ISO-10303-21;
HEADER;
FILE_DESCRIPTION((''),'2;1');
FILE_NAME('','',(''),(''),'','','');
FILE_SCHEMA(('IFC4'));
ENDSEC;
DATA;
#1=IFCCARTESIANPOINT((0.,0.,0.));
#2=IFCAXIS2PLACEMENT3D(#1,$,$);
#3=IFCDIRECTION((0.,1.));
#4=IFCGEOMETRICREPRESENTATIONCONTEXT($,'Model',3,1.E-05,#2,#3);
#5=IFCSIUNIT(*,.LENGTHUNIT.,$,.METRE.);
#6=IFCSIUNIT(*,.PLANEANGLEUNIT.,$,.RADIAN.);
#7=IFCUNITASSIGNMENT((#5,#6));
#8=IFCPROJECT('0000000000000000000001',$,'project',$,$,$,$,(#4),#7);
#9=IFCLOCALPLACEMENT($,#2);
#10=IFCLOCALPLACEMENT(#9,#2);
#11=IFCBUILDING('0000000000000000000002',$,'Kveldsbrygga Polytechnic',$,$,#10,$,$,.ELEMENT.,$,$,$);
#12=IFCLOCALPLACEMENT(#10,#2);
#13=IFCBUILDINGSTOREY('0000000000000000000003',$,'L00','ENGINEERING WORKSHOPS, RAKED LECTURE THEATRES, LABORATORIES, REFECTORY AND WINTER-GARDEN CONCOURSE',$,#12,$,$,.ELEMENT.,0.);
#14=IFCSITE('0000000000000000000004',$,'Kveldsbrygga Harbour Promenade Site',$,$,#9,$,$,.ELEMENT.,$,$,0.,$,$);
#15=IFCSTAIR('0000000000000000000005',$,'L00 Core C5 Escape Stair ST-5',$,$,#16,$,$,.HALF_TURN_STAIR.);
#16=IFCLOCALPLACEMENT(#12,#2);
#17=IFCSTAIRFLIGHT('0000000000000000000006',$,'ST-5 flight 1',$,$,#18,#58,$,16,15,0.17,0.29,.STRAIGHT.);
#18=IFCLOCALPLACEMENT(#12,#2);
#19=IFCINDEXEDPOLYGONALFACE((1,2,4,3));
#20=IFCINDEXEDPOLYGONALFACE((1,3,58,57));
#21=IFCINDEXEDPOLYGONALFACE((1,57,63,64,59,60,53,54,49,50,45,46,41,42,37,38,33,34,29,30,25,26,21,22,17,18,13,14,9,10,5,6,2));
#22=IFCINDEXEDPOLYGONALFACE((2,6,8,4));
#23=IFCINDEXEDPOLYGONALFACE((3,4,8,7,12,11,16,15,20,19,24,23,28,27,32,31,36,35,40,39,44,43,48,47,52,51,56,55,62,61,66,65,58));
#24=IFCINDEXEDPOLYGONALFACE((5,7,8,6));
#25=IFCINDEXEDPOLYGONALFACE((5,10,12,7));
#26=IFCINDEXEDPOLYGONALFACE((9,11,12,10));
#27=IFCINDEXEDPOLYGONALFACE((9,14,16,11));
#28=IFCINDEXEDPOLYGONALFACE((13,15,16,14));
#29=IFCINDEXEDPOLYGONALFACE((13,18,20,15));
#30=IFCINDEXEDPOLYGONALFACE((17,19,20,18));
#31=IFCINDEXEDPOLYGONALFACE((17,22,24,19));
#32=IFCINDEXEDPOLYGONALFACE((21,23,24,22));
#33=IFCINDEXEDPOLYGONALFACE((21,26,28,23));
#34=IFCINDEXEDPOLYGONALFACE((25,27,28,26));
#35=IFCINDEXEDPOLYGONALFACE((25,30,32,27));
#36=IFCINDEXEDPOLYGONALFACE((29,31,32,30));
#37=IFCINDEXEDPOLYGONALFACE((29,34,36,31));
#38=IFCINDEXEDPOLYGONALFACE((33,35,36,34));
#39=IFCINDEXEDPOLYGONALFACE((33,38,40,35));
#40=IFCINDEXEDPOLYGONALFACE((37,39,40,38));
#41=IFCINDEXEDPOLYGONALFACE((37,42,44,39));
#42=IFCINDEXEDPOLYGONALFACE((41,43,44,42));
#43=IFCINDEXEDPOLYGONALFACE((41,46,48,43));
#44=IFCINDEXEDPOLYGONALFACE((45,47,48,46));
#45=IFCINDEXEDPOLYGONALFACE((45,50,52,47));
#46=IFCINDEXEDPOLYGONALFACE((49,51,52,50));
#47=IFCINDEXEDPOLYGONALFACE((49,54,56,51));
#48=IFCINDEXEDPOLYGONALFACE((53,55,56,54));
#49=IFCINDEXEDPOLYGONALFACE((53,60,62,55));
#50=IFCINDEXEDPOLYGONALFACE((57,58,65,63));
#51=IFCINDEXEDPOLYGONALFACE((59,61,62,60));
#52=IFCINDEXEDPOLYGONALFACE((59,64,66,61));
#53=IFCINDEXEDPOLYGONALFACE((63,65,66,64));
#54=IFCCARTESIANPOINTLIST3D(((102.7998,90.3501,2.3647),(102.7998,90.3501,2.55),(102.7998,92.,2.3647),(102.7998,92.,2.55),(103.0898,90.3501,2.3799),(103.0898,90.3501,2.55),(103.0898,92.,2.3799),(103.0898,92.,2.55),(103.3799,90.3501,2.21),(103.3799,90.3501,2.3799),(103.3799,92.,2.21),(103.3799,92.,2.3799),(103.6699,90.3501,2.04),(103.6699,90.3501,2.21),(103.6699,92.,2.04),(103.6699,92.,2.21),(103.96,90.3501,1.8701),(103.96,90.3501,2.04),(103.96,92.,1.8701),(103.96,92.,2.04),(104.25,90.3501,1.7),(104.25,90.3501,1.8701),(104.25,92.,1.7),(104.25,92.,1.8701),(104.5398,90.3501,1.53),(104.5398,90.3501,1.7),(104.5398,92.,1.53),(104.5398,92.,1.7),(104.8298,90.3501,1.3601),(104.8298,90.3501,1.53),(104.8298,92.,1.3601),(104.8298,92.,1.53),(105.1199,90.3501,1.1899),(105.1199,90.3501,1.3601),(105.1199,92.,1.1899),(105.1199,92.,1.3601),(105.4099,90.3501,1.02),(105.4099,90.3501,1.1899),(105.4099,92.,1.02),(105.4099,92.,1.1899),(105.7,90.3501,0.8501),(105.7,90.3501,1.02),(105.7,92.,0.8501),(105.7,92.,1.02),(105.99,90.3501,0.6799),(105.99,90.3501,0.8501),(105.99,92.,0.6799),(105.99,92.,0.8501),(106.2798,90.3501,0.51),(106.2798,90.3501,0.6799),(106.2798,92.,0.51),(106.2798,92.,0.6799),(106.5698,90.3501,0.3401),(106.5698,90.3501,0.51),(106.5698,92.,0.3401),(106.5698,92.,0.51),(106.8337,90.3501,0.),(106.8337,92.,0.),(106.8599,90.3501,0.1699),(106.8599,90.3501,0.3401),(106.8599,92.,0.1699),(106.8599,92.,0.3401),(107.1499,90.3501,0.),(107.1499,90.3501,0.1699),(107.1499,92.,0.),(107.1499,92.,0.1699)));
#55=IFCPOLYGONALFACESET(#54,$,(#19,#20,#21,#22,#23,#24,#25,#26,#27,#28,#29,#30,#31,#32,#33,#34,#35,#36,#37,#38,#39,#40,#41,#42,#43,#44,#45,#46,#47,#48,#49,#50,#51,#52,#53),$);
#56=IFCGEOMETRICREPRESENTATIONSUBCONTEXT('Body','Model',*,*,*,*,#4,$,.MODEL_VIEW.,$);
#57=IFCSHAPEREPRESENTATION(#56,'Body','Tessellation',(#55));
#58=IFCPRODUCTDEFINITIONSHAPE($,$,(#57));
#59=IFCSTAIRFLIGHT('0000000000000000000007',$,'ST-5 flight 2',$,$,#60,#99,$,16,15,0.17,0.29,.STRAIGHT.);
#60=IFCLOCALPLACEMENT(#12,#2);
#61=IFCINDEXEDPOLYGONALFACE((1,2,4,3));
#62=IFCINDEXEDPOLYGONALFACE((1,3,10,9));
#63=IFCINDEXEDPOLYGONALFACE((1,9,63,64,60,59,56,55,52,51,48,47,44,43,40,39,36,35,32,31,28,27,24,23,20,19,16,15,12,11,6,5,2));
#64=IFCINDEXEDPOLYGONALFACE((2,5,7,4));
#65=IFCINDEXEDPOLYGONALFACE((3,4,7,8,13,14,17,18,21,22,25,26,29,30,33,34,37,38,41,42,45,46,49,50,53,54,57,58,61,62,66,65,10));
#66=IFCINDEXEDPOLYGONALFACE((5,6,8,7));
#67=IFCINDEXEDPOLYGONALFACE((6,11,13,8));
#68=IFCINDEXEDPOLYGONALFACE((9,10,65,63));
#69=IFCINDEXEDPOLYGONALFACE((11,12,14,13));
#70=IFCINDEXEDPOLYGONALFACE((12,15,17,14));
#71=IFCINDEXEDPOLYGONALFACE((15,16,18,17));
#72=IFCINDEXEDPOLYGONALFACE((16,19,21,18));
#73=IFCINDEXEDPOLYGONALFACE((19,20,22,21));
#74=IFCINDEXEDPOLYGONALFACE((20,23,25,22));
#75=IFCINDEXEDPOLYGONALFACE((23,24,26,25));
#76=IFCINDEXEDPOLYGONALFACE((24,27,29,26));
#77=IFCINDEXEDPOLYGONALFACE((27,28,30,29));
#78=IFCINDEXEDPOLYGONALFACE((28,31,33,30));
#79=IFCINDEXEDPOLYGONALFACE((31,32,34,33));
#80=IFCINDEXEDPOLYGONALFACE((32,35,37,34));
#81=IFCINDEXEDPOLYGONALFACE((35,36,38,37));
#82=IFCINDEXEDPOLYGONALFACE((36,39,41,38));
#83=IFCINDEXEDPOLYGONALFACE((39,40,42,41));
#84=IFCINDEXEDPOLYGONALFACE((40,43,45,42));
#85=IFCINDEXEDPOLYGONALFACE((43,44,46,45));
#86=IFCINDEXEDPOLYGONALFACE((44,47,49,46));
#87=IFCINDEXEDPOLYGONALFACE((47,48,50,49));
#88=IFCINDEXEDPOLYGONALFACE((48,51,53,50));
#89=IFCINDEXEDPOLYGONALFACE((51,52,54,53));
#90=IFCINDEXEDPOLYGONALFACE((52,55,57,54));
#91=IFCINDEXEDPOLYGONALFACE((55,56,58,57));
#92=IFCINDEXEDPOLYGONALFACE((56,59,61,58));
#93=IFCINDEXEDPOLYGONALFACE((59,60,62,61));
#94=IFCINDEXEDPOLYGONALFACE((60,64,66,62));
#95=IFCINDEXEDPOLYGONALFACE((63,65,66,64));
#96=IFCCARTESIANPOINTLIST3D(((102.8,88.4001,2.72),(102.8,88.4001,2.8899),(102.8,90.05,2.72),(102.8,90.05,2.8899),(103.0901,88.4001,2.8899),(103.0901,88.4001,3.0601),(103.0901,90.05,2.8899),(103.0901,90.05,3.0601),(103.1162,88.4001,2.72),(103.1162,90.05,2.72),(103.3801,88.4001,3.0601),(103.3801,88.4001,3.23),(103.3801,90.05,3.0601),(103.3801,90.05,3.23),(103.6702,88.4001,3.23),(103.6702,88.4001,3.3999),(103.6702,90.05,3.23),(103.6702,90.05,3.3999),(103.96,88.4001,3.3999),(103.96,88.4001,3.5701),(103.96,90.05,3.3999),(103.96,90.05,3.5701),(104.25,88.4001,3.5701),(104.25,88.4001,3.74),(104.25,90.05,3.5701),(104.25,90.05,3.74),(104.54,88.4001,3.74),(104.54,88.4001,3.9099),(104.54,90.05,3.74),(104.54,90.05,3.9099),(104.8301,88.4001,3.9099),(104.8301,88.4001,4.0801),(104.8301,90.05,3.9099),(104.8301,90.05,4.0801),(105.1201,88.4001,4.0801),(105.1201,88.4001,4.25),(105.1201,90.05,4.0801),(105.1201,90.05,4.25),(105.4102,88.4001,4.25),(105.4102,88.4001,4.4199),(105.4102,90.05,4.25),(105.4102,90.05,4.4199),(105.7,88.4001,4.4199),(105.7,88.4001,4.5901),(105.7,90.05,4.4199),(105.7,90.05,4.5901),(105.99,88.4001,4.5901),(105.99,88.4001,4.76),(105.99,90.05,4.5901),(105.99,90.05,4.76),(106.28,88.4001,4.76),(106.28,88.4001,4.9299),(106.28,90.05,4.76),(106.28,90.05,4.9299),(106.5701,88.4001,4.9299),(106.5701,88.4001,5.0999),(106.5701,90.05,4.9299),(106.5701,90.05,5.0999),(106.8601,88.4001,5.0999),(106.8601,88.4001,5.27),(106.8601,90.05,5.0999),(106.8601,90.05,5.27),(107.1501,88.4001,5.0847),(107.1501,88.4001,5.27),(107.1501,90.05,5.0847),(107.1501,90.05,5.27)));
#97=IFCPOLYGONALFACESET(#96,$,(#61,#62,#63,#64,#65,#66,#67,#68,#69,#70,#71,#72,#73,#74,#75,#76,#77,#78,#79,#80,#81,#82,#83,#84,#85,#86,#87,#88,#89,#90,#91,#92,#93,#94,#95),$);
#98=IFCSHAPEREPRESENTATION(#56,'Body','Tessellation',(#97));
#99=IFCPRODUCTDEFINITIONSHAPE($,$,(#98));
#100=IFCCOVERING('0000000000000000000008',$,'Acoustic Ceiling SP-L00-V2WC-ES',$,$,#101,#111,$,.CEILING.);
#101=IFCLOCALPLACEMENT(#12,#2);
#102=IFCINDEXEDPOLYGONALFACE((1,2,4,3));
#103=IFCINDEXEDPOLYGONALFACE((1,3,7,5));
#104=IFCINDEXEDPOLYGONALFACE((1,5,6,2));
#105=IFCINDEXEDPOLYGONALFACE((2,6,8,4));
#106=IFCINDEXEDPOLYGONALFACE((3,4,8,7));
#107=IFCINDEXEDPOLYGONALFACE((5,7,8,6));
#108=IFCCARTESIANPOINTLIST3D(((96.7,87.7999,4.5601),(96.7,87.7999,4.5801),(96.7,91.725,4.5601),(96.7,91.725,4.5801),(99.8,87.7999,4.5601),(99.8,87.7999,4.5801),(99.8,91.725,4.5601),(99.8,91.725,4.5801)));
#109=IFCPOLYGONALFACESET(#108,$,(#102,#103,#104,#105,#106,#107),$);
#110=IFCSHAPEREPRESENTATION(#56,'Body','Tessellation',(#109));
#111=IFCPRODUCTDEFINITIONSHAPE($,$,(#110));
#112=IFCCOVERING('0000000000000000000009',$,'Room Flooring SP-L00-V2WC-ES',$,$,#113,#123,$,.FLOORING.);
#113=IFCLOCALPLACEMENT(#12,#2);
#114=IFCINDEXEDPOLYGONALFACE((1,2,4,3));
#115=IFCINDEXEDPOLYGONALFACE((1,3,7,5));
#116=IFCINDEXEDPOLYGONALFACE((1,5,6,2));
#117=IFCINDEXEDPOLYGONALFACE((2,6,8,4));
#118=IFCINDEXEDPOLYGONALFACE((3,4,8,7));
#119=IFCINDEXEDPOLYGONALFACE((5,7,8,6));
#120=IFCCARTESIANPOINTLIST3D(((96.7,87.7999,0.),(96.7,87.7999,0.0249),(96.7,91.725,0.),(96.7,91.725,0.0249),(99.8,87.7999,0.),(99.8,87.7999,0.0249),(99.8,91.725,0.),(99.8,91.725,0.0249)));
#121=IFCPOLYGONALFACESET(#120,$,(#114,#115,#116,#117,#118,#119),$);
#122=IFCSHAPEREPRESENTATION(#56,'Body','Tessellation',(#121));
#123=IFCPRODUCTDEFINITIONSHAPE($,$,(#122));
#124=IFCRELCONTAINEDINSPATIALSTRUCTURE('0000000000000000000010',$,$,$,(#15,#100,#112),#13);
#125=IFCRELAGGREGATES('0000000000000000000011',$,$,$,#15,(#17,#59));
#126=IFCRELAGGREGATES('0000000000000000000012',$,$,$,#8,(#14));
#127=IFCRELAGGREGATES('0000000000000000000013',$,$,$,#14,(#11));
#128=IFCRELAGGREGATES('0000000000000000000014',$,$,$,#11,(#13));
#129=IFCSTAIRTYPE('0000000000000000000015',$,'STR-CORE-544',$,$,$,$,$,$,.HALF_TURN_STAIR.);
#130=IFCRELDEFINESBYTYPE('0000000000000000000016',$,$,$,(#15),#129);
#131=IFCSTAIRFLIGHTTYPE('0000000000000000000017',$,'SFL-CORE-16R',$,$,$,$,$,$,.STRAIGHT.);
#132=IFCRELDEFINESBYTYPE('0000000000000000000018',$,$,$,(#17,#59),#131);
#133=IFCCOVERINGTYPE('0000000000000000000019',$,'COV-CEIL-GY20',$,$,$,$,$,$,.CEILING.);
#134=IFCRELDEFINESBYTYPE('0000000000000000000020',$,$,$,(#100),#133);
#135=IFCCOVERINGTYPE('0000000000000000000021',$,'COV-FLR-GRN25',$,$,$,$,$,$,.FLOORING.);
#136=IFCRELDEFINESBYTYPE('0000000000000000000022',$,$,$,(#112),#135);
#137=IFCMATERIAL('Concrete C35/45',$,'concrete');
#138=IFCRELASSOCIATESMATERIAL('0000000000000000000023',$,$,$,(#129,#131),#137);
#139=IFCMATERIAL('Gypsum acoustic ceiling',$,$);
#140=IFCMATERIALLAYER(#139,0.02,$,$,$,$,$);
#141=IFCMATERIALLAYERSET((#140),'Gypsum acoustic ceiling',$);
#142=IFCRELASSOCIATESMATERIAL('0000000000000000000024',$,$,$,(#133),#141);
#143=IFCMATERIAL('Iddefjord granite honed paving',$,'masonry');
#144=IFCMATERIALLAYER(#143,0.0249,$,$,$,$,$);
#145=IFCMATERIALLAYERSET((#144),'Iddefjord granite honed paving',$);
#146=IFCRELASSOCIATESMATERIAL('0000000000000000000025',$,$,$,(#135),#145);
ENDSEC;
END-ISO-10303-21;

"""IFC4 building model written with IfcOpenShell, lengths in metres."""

from ifc_helpers import new_model, si_unit, direction, frame, origin, origin_2d, place, context, subcontext, project, spatial, polyline, rectangle, outline, extrude, material, layer, layer_set, type_object, element, aggregate, save


model = new_model("IFC4")

# Units and contexts
model_context = context("Model", 3, precision=1e-05, world=origin(), true_north=direction((0.0, 1.0)))
body_context = subcontext(model_context, "Body", "Model", "MODEL_VIEW")
ifc_project = project(units=[si_unit("LENGTHUNIT", "METRE"), si_unit("PLANEANGLEUNIT", "RADIAN")], contexts=[model_context])

# Site, building, storey
site_placement = place(None, origin())
site = spatial("IfcSite", under=ifc_project, at=site_placement, Name="Kveldsbrygga Harbour Promenade Site", CompositionType="ELEMENT", RefElevation=0.0)
building_placement = place(site_placement, origin())
building = spatial("IfcBuilding", under=site, at=building_placement, Name="Kveldsbrygga Polytechnic", CompositionType="ELEMENT")
storey_placement = place(building_placement, origin())
storey = spatial("IfcBuildingStorey", under=building, at=storey_placement, Name="L00", Description="ENGINEERING WORKSHOPS, RAKED LECTURE THEATRES, LABORATORIES, REFECTORY AND WINTER-GARDEN CONCOURSE", CompositionType="ELEMENT", Elevation=0.0)

# Shared definitions
ifc_material_1 = material(Name="Concrete C35/45", Category="concrete")

# Stair, stair flights
stair_type = type_object("IfcStairType", Name="STR-CORE-544", PredefinedType="HALF_TURN_STAIR", material=ifc_material_1)
stair_placement = place(storey_placement, origin())
stair = element("IfcStair", 1, at=stair_placement, inside=storey, type_object=stair_type, Name="L00 Core C5 Escape Stair ST-5", PredefinedType="HALF_TURN_STAIR")
stair_flight_type = type_object("IfcStairFlightType", Name="SFL-CORE-16R", PredefinedType="STRAIGHT", material=ifc_material_1)
stair_flight_1_placement = place(storey_placement, frame((107.1499, 91.175, 0.0), z_axis=(0.0, 0.0, 1.0), x_axis=(-1.0, 0.0, 0.0)))
stair_flight_1 = element("IfcStairFlight", 2, at=stair_flight_1_placement, type_object=stair_flight_type, Name="ST-5 flight 1", NumberOfRisers=16, NumberOfTreads=15, PredefinedType="STRAIGHT", RiserHeight=0.17, TreadLength=0.29, context=body_context, shape_type="SweptSolid", body=[
    extrude(outline(polyline([(0.0, 0.0), (0.0, 0.1699), (0.29, 0.1699), (0.29, 0.3401), (0.5801, 0.3401), (0.5801, 0.51), (0.8701, 0.51), (0.8701, 0.6799), (1.1599, 0.6799), (1.1599, 0.8501), (1.45, 0.8501), (1.45, 1.02), (1.74, 1.02), (1.74, 1.1899), (2.03, 1.1899), (2.03, 1.3601), (2.3201, 1.3601), (2.3201, 1.53), (2.6101, 1.53), (2.6101, 1.7), (2.8999, 1.7), (2.8999, 1.8701), (3.1899, 1.8701), (3.1899, 2.04), (3.48, 2.04), (3.48, 2.21), (3.77, 2.21), (3.77, 2.3799), (4.0601, 2.3799), (4.0601, 2.55), (4.3501, 2.55), (4.3501, 2.72), (4.3501, 2.3647), (0.3162, 0.0), (0.0, 0.0)])), frame((0.0, 0.825, 0.0), z_axis=(0.0, -1.0, 0.0), x_axis=(1.0, 0.0, 0.0)), (0.0, 0.0, 1.0), 1.6499),
])
stair_flight_2_placement = place(storey_placement, frame((102.8, 89.2251, 2.72), z_axis=(0.0, 0.0, 1.0), x_axis=(1.0, 0.0, 0.0)))
stair_flight_2 = element("IfcStairFlight", 3, at=stair_flight_2_placement, type_object=stair_flight_type, Name="ST-5 flight 2", NumberOfRisers=16, NumberOfTreads=15, PredefinedType="STRAIGHT", RiserHeight=0.17, TreadLength=0.29, context=body_context, shape_type="SweptSolid", body=[
    extrude(outline(polyline([(0.0, 0.0), (0.0, 0.1699), (0.29, 0.1699), (0.29, 0.3401), (0.5801, 0.3401), (0.5801, 0.51), (0.8701, 0.51), (0.8701, 0.6799), (1.1599, 0.6799), (1.1599, 0.8501), (1.45, 0.8501), (1.45, 1.02), (1.74, 1.02), (1.74, 1.1899), (2.03, 1.1899), (2.03, 1.3601), (2.3201, 1.3601), (2.3201, 1.53), (2.6101, 1.53), (2.6101, 1.7), (2.8999, 1.7), (2.8999, 1.8701), (3.1899, 1.8701), (3.1899, 2.04), (3.48, 2.04), (3.48, 2.21), (3.77, 2.21), (3.77, 2.3799), (4.0601, 2.3799), (4.0601, 2.55), (4.3501, 2.55), (4.3501, 2.72), (4.3501, 2.3647), (0.3162, 0.0), (0.0, 0.0)])), frame((0.0, 0.825, 0.0), z_axis=(0.0, -1.0, 0.0), x_axis=(1.0, 0.0, 0.0)), (0.0, 0.0, 1.0), 1.6499),
])
aggregate(stair, [stair_flight_1, stair_flight_2])

# Coverings
ifc_material_2 = material(Name="Gypsum acoustic ceiling")
ifc_layer_1 = layer(ifc_material_2, 0.02)
ifc_layer_set_1 = layer_set([ifc_layer_1], Name="Gypsum acoustic ceiling")
covering_type_1 = type_object("IfcCoveringType", Name="COV-CEIL-GY20", PredefinedType="CEILING", material=ifc_layer_set_1)
covering_1_placement = place(storey_placement, frame((98.25, 89.7625, 4.5601), z_axis=(0.0, 0.0, 1.0), x_axis=(1.0, 0.0, 0.0)))
element("IfcCovering", 4, at=covering_1_placement, inside=storey, type_object=covering_type_1, Name="Acoustic Ceiling SP-L00-V2WC-ES", PredefinedType="CEILING", context=body_context, shape_type="SweptSolid", body=[
    extrude(rectangle(XDim=3.1001, YDim=3.925, at=origin_2d()), origin(), (0.0, 0.0, 1.0), 0.02),
])
ifc_material_3 = material(Name="Iddefjord granite honed paving", Category="masonry")
ifc_layer_2 = layer(ifc_material_3, 0.0249)
ifc_layer_set_2 = layer_set([ifc_layer_2], Name="Iddefjord granite honed paving")
covering_type_2 = type_object("IfcCoveringType", Name="COV-FLR-GRN25", PredefinedType="FLOORING", material=ifc_layer_set_2)
covering_2_placement = place(storey_placement, frame((98.25, 89.7625, 0.0), z_axis=(0.0, 0.0, 1.0), x_axis=(1.0, 0.0, 0.0)))
element("IfcCovering", 5, at=covering_2_placement, inside=storey, type_object=covering_type_2, Name="Room Flooring SP-L00-V2WC-ES", PredefinedType="FLOORING", context=body_context, shape_type="SweptSolid", body=[
    extrude(rectangle(XDim=3.1001, YDim=3.925, at=origin_2d()), origin(), (0.0, 0.0, 1.0), 0.0249),
])

save(model, "model.ifc")
